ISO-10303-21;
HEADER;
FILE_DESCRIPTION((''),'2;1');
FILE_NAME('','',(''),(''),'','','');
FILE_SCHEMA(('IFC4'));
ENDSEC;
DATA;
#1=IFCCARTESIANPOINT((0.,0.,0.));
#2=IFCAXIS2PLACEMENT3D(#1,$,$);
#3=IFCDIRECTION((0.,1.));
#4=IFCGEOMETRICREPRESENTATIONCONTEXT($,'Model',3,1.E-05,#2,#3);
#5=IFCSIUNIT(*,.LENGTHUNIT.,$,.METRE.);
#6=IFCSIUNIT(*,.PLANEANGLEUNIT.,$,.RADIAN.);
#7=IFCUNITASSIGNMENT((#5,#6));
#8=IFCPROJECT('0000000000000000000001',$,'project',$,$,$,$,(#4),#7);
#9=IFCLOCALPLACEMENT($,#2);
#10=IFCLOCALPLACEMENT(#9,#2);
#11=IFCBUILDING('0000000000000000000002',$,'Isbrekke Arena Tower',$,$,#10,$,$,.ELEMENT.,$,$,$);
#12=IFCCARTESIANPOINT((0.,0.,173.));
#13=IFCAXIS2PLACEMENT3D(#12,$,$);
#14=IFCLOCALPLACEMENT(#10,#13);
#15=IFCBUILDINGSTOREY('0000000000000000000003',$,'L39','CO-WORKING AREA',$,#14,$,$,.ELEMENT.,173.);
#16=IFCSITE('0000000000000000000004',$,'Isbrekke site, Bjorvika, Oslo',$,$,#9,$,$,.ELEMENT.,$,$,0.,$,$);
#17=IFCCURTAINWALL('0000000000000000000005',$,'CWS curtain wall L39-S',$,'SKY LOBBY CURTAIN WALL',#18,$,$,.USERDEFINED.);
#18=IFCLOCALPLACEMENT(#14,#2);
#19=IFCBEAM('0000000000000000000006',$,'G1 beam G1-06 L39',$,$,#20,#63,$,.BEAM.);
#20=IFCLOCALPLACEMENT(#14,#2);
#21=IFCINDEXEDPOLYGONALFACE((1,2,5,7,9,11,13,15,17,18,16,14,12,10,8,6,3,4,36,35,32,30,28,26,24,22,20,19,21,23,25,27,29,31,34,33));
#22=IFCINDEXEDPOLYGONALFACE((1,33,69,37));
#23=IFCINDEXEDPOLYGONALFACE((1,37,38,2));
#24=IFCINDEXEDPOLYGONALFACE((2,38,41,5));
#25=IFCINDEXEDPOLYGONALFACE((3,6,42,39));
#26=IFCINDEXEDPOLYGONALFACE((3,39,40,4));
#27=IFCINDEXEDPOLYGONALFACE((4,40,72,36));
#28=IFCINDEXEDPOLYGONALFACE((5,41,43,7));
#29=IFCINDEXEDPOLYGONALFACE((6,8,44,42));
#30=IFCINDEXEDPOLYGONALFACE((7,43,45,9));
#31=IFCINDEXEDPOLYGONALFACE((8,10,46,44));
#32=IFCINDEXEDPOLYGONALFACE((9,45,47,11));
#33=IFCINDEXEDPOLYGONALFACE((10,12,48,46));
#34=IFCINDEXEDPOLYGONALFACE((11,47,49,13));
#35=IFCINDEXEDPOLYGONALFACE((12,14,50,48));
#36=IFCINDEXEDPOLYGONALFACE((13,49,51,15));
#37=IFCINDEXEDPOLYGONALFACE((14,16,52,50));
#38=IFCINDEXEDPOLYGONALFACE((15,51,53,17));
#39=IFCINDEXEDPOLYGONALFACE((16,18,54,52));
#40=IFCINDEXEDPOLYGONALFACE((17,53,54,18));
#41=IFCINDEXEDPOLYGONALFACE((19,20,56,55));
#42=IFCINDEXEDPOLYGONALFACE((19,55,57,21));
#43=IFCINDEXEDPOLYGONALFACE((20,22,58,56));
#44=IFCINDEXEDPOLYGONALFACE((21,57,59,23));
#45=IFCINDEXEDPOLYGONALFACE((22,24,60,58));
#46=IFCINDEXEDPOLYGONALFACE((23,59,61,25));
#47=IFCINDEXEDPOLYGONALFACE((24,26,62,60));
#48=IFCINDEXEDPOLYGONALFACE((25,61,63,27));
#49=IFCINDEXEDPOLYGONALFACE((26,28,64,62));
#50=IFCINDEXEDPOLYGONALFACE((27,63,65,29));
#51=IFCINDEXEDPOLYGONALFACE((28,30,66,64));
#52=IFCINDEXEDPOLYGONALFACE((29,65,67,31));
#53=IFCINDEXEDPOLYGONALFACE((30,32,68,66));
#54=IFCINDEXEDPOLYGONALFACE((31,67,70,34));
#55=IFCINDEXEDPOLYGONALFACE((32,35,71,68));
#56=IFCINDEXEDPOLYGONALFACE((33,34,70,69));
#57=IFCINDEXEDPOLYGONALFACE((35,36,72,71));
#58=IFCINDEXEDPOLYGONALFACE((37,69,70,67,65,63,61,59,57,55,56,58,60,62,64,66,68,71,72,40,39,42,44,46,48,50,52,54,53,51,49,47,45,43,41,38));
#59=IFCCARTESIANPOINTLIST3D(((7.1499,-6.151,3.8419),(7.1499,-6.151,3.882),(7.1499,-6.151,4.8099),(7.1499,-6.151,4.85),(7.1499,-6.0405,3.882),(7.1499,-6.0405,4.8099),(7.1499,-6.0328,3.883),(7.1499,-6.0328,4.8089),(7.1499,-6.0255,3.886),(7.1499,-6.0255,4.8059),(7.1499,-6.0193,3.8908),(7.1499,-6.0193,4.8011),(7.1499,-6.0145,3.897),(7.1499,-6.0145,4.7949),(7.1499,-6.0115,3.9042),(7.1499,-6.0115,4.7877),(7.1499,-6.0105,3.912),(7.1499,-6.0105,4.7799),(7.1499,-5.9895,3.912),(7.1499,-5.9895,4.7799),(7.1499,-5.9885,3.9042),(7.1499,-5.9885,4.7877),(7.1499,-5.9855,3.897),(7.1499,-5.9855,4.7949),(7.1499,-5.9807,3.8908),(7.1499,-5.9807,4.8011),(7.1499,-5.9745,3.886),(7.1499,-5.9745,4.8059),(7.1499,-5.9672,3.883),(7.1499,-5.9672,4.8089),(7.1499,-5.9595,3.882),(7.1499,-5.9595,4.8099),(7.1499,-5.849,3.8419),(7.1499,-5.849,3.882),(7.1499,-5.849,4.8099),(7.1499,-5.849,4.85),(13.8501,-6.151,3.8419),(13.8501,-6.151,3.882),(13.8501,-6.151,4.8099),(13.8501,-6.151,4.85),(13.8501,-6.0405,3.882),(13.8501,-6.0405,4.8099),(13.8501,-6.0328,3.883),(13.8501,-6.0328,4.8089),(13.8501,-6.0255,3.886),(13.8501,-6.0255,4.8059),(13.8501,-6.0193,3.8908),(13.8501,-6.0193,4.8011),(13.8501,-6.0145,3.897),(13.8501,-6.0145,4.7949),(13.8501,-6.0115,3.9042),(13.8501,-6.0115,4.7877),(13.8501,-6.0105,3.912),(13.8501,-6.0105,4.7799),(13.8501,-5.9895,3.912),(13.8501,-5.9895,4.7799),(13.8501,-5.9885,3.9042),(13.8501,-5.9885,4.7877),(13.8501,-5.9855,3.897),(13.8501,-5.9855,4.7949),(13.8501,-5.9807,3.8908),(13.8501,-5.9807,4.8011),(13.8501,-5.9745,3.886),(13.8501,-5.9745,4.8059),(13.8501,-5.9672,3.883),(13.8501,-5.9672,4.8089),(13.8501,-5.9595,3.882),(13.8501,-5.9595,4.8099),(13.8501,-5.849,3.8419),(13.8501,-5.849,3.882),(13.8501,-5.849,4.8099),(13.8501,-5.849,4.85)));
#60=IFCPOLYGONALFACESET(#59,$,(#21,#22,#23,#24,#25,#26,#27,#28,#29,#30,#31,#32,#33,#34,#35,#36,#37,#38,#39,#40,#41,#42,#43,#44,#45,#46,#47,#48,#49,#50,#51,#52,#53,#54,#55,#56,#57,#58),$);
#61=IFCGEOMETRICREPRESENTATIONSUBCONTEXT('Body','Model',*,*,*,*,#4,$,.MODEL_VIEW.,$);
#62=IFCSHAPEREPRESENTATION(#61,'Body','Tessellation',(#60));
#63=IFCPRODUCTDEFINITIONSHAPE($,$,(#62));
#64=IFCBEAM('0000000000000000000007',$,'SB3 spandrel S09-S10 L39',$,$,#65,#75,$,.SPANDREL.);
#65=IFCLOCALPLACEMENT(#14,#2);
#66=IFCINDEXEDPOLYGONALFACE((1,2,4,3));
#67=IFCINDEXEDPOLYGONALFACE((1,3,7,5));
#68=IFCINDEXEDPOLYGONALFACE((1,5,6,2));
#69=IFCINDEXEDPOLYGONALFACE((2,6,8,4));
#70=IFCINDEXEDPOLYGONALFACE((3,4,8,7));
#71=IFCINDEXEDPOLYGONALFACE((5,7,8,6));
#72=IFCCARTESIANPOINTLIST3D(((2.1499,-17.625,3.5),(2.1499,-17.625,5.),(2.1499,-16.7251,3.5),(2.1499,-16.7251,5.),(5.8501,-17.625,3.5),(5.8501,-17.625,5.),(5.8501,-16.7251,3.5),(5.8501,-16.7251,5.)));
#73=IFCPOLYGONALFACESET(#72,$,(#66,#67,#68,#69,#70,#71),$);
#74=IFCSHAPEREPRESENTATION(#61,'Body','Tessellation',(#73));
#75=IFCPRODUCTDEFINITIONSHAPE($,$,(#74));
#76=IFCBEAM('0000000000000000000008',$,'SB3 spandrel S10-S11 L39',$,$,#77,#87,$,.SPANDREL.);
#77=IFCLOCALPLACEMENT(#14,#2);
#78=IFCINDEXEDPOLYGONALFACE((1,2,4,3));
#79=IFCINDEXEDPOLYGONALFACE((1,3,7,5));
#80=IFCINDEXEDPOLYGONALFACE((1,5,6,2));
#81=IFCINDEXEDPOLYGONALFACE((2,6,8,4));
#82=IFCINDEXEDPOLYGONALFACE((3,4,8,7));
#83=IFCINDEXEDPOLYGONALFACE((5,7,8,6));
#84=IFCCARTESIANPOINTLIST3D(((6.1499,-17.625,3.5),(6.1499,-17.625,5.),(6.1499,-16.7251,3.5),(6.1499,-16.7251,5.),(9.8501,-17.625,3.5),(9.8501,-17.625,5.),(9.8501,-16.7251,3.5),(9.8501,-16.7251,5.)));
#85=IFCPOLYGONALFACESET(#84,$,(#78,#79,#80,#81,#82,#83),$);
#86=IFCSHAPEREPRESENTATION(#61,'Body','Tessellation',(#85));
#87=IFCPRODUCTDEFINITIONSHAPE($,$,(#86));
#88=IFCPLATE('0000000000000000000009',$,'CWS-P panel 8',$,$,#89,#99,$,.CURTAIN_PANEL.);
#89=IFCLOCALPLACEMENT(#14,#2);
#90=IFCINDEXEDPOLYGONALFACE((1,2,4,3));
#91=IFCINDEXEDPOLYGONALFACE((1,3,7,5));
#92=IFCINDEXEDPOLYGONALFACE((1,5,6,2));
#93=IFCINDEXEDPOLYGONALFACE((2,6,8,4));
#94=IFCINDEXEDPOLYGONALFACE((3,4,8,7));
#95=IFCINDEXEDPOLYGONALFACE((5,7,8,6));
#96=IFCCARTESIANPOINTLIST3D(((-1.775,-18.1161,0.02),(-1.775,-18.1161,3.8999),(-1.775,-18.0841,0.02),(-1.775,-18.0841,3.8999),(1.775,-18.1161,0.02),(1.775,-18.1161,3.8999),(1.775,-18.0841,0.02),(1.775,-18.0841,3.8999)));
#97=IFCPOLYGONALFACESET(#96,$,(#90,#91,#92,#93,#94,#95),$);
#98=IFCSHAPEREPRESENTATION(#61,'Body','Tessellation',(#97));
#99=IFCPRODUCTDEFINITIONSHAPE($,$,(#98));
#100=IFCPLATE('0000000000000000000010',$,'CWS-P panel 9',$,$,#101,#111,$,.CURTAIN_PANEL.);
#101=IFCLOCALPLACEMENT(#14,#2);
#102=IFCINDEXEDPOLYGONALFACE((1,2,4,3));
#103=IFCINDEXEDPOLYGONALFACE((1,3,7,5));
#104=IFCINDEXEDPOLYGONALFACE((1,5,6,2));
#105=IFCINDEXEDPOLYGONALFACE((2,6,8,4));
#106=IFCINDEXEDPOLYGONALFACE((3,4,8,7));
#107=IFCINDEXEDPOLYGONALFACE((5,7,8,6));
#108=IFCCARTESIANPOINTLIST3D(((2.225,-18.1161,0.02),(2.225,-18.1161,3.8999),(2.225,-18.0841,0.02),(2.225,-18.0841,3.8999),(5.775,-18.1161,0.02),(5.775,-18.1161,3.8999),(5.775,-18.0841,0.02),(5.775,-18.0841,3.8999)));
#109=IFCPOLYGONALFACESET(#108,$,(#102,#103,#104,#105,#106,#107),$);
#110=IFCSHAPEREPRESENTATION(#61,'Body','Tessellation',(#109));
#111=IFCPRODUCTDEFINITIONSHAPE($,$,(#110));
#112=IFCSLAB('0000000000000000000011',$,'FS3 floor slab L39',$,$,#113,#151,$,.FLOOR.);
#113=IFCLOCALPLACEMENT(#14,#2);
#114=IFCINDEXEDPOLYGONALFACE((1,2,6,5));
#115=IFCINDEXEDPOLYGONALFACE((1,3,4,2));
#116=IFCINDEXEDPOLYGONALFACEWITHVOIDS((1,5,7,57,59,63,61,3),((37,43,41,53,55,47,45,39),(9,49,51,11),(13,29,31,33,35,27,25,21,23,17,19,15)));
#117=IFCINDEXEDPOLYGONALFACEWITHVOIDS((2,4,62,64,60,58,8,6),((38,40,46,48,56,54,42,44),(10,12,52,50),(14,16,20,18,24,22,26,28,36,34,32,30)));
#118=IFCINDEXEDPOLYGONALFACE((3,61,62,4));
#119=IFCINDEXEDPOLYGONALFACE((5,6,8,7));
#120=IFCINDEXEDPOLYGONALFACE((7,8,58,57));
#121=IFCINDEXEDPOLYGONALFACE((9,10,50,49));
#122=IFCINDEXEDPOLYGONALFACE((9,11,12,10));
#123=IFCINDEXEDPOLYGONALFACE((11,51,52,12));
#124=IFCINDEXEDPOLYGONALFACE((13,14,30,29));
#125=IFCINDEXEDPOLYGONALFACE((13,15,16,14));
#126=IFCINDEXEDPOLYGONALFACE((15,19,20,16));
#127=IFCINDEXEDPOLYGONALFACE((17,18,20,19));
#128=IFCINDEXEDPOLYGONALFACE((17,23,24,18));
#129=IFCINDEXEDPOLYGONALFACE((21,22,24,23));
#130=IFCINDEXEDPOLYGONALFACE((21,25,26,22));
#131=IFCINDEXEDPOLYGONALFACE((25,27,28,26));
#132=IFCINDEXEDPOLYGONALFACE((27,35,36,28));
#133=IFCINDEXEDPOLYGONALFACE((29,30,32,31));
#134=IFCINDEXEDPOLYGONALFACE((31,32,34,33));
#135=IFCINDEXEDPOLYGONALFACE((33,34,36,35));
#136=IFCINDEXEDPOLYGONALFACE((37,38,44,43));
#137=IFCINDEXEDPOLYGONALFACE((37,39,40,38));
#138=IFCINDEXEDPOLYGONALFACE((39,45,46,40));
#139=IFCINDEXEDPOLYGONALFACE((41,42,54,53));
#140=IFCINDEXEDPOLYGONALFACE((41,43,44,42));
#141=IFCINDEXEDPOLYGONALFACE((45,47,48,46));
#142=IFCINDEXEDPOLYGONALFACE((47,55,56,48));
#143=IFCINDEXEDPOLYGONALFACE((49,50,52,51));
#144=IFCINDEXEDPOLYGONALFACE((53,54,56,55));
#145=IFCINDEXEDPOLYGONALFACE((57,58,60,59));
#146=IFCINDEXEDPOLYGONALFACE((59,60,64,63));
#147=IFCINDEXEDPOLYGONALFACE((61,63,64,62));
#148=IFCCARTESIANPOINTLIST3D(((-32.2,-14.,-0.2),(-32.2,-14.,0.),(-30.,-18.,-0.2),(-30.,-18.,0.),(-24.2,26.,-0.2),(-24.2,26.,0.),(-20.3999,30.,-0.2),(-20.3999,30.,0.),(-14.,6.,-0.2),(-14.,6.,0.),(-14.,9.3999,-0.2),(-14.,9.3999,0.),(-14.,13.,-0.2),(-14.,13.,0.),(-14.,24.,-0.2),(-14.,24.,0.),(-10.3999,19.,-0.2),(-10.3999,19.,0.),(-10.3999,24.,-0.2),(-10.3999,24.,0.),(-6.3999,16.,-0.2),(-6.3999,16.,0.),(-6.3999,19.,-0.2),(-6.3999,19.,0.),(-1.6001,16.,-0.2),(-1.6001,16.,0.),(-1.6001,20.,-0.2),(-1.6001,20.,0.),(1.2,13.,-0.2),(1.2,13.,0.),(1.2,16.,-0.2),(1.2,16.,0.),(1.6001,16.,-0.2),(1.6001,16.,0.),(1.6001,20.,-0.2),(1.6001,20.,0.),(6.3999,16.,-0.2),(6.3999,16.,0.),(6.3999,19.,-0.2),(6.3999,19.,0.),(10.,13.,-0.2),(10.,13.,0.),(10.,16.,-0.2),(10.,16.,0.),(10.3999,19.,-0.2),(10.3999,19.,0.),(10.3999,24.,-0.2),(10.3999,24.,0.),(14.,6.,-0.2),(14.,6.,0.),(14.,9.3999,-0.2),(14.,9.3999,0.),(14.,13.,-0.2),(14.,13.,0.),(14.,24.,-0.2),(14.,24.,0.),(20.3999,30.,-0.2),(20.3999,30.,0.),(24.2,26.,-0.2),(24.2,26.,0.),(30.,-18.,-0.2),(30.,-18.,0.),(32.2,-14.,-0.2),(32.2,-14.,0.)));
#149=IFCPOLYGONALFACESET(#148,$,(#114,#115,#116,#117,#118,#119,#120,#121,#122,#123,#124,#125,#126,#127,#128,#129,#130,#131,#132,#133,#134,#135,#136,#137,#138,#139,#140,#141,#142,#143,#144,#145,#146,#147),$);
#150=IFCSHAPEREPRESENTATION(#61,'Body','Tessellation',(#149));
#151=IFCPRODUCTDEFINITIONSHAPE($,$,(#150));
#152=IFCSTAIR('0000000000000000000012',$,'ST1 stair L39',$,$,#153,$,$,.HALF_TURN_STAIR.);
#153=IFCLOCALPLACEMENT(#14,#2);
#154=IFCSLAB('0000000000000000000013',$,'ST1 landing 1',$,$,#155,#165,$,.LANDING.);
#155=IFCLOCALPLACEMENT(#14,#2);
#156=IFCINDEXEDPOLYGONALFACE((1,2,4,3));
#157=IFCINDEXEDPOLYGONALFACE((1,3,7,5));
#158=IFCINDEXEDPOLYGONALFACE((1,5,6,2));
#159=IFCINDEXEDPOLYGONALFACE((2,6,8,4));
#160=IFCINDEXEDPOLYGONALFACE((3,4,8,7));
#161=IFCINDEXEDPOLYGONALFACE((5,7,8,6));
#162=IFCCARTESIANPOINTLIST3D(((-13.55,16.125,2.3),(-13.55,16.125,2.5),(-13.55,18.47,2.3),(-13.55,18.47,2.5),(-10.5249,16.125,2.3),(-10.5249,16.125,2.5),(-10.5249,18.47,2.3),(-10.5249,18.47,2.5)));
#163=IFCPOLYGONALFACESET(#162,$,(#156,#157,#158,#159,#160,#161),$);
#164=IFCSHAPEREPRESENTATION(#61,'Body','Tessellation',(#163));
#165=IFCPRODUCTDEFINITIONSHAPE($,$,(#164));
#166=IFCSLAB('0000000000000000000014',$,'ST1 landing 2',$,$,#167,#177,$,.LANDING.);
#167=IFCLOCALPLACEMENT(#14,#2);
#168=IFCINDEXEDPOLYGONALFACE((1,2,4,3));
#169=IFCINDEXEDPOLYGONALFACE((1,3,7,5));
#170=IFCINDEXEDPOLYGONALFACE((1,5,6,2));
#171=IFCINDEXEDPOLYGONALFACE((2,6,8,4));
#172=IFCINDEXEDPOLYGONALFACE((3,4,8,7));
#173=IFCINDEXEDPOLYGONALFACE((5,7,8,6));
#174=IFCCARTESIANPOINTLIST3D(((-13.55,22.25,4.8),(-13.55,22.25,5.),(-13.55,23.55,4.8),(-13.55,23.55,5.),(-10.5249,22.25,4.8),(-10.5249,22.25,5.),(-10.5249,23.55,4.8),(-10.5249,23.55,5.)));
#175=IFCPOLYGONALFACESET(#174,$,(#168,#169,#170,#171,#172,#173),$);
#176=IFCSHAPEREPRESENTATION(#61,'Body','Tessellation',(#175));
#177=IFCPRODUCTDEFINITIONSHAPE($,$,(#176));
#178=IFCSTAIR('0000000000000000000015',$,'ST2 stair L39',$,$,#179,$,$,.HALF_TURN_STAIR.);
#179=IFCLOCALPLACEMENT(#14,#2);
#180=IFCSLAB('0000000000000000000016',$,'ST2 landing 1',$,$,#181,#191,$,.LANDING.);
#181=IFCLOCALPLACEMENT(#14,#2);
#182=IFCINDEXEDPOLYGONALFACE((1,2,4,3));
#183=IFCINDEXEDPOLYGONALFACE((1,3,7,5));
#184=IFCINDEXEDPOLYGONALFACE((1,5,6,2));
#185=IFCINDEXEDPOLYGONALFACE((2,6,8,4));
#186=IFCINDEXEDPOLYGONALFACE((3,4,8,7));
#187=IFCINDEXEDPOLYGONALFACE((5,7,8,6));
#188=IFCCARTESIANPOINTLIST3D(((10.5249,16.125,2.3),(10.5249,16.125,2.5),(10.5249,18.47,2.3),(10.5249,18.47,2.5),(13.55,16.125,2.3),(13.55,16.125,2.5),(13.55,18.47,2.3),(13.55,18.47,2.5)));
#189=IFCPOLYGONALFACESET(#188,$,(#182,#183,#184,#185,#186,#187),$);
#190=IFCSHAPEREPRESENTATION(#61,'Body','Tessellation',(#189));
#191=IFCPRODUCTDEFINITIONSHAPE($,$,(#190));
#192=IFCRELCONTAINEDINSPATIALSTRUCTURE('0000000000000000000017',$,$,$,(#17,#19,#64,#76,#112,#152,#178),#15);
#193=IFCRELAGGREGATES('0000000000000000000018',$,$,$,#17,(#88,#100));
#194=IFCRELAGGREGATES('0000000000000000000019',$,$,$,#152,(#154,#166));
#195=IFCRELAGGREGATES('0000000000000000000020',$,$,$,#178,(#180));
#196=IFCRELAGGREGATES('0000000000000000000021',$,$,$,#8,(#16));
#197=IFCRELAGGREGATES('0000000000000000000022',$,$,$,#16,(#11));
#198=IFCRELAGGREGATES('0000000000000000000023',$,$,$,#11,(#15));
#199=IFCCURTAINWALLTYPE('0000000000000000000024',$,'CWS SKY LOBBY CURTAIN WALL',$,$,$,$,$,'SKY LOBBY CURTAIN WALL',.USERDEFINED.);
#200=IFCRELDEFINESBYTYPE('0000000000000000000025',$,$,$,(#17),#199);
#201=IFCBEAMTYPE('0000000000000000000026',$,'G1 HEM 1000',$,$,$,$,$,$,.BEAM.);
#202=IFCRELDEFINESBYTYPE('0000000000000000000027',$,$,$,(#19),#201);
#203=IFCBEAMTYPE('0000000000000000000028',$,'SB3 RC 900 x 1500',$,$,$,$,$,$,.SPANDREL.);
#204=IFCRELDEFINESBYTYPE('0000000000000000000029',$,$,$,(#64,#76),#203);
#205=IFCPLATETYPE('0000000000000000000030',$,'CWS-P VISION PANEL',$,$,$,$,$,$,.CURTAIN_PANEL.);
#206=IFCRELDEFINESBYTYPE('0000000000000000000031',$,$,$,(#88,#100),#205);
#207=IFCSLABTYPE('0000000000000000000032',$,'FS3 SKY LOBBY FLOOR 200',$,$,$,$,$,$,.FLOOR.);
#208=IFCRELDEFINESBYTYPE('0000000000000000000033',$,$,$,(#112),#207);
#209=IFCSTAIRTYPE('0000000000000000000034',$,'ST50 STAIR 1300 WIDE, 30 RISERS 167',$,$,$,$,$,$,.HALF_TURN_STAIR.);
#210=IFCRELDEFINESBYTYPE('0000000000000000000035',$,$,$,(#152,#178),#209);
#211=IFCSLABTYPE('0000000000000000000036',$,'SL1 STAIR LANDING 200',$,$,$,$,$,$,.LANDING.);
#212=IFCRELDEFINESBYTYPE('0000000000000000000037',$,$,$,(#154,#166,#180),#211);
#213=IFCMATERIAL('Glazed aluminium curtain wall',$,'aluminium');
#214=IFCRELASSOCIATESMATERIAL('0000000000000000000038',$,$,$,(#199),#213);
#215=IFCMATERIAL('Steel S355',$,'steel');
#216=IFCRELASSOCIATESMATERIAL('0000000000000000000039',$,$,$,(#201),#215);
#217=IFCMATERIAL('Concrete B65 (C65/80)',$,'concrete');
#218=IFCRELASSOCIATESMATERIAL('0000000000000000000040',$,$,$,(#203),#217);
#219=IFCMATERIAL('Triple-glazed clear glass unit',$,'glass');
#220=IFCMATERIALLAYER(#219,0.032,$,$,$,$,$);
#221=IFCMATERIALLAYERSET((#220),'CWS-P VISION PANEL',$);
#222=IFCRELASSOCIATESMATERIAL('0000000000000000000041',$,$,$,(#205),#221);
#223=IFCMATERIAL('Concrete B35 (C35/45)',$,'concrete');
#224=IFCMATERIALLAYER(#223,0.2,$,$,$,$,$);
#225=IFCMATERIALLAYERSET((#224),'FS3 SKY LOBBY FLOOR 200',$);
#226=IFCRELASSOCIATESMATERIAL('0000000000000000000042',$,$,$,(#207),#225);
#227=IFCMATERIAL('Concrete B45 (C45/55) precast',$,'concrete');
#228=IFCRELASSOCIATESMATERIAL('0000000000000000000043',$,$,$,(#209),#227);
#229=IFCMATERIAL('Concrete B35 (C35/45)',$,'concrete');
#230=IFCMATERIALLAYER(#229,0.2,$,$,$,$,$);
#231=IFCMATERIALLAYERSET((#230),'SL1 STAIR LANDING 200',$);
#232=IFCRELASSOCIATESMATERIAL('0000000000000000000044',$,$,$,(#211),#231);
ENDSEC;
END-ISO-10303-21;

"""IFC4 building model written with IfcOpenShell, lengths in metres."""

from ifc_helpers import new_model, si_unit, direction, frame, origin, origin_2d, place, context, subcontext, project, spatial, polyline, rectangle, i_section, outline, extrude, material, layer, layer_set, material_profile, profile_set, type_object, element, aggregate, save


model = new_model("IFC4")

# Units and contexts
model_context = context("Model", 3, precision=1e-05, world=origin(), true_north=direction((0.0, 1.0)))
body_context = subcontext(model_context, "Body", "Model", "MODEL_VIEW")
ifc_project = project(units=[si_unit("LENGTHUNIT", "METRE"), si_unit("PLANEANGLEUNIT", "RADIAN")], contexts=[model_context])

# Site, building, storey
site_placement = place(None, origin())
site = spatial("IfcSite", under=ifc_project, at=site_placement, Name="Isbrekke site, Bjorvika, Oslo", CompositionType="ELEMENT", RefElevation=0.0)
building_placement = place(site_placement, origin())
building = spatial("IfcBuilding", under=site, at=building_placement, Name="Isbrekke Arena Tower", CompositionType="ELEMENT")
storey_placement = place(building_placement, frame((0.0, 0.0, 173.0)))
storey = spatial("IfcBuildingStorey", under=building, at=storey_placement, Name="L39", Description="CO-WORKING AREA", CompositionType="ELEMENT", Elevation=173.0)

# Curtain wall
ifc_material_1 = material(Name="Glazed aluminium curtain wall", Category="aluminium")
curtain_wall_type = type_object("IfcCurtainWallType", Name="CWS SKY LOBBY CURTAIN WALL", ElementType="SKY LOBBY CURTAIN WALL", PredefinedType="USERDEFINED", material=ifc_material_1)
curtain_wall_placement = place(storey_placement, origin())
curtain_wall = element("IfcCurtainWall", 1, at=curtain_wall_placement, inside=storey, type_object=curtain_wall_type, Name="CWS curtain wall L39-S", ObjectType="SKY LOBBY CURTAIN WALL", PredefinedType="USERDEFINED")

# Beams
ifc_material_2 = material(Name="Steel S355", Category="steel")
ifc_material_profile_1 = material_profile(ifc_material_2, i_section(OverallWidth=0.302, OverallDepth=1.0081, WebThickness=0.021, FlangeThickness=0.04, FilletRadius=0.03, at=origin_2d()), Name="HEM 1000")
ifc_profile_set_1 = profile_set([ifc_material_profile_1], Name="Steel S355")
beam_type_1 = type_object("IfcBeamType", Name="G1 HEM 1000", PredefinedType="BEAM", material=ifc_profile_set_1)
for number, where, z_axis, x_axis, name in (
    (2, (7.1499, -6.0, 4.3459), (1.0, 0.0, 0.0), (0.0, 1.0, 0.0), "G1 beam G1-06 L39"),
):
    element("IfcBeam", number, at=place(storey_placement, frame(where, z_axis=z_axis, x_axis=x_axis)), inside=storey, type_object=beam_type_1, Name=name, PredefinedType="BEAM", context=body_context, shape_type="SweptSolid", body=[
        extrude(i_section(OverallWidth=0.302, OverallDepth=1.0081, WebThickness=0.021, FlangeThickness=0.04, FilletRadius=0.03, at=origin_2d()), origin(), (0.0, 0.0, 1.0), 6.7002),
    ])
ifc_material_3 = material(Name="Concrete B65 (C65/80)", Category="concrete")
ifc_material_profile_2 = material_profile(ifc_material_3, rectangle(XDim=0.8999, YDim=1.5, at=origin_2d()), Name="RC 900x1500")
ifc_profile_set_2 = profile_set([ifc_material_profile_2], Name="Concrete B65 (C65/80)")
beam_type_2 = type_object("IfcBeamType", Name="SB3 RC 900 x 1500", PredefinedType="SPANDREL", material=ifc_profile_set_2)
for number, where, z_axis, x_axis, name in (
    (3, (2.1499, -17.175, 4.25), (1.0, 0.0, 0.0), (0.0, 1.0, 0.0), "SB3 spandrel S09-S10 L39"),
    (4, (6.1499, -17.175, 4.25), (1.0, 0.0, 0.0), (0.0, 1.0, 0.0), "SB3 spandrel S10-S11 L39"),
):
    element("IfcBeam", number, at=place(storey_placement, frame(where, z_axis=z_axis, x_axis=x_axis)), inside=storey, type_object=beam_type_2, Name=name, PredefinedType="SPANDREL", context=body_context, shape_type="SweptSolid", body=[
        extrude(rectangle(XDim=0.8999, YDim=1.5, at=origin_2d()), origin(), (0.0, 0.0, 1.0), 3.7002),
    ])

# Plates
ifc_material_4 = material(Name="Triple-glazed clear glass unit", Category="glass")
ifc_layer_1 = layer(ifc_material_4, 0.032)
ifc_layer_set_1 = layer_set([ifc_layer_1], Name="CWS-P VISION PANEL")
plate_type = type_object("IfcPlateType", Name="CWS-P VISION PANEL", PredefinedType="CURTAIN_PANEL", material=ifc_layer_set_1)
plate_1_placement = place(storey_placement, frame((0.0, -18.1001, 0.02), z_axis=(0.0, 0.0, 1.0), x_axis=(1.0, 0.0, 0.0)))
plate_1 = element("IfcPlate", 5, at=plate_1_placement, type_object=plate_type, Name="CWS-P panel 8", PredefinedType="CURTAIN_PANEL", context=body_context, shape_type="SweptSolid", body=[
    extrude(rectangle(XDim=3.55, YDim=0.032, at=origin_2d()), origin(), (0.0, 0.0, 1.0), 3.8799),
])
plate_2_placement = place(storey_placement, frame((4.0, -18.1001, 0.02), z_axis=(0.0, 0.0, 1.0), x_axis=(1.0, 0.0, 0.0)))
plate_2 = element("IfcPlate", 6, at=plate_2_placement, type_object=plate_type, Name="CWS-P panel 9", PredefinedType="CURTAIN_PANEL", context=body_context, shape_type="SweptSolid", body=[
    extrude(rectangle(XDim=3.55, YDim=0.032, at=origin_2d()), origin(), (0.0, 0.0, 1.0), 3.8799),
])
aggregate(curtain_wall, [plate_1, plate_2])

# Slab
ifc_material_5 = material(Name="Concrete B35 (C35/45)", Category="concrete")
ifc_layer_2 = layer(ifc_material_5, 0.2)
ifc_layer_set_2 = layer_set([ifc_layer_2], Name="FS3 SKY LOBBY FLOOR 200")
slab_type_1 = type_object("IfcSlabType", Name="FS3 SKY LOBBY FLOOR 200", PredefinedType="FLOOR", material=ifc_layer_set_2)
slab_1_placement = place(storey_placement, frame((0.0, 0.0, -0.2)))
element("IfcSlab", 7, at=slab_1_placement, inside=storey, type_object=slab_type_1, Name="FS3 floor slab L39", PredefinedType="FLOOR", context=body_context, shape_type="SweptSolid", body=[
    extrude(outline(polyline([(-30.0, -18.0), (30.0, -18.0), (32.2, -14.0), (24.2, 26.0), (20.3999, 30.0), (-20.3999, 30.0), (-24.2, 26.0), (-32.2, -14.0), (-30.0, -18.0)]), holes=[polyline([(14.0, 9.3999), (14.0, 6.0), (-14.0, 6.0), (-14.0, 9.3999), (14.0, 9.3999)]), polyline([(-6.3999, 19.0), (-6.3999, 16.0), (-1.6001, 16.0), (-1.6001, 20.0), (1.6001, 20.0), (1.6001, 16.0), (1.2, 16.0), (1.2, 13.0), (-14.0, 13.0), (-14.0, 24.0), (-10.3999, 24.0), (-10.3999, 19.0), (-6.3999, 19.0)]), polyline([(10.0, 13.0), (10.0, 16.0), (6.3999, 16.0), (6.3999, 19.0), (10.3999, 19.0), (10.3999, 24.0), (14.0, 24.0), (14.0, 13.0), (10.0, 13.0)])]), origin(), (0.0, 0.0, 1.0), 0.2),
])

# Stairs, slabs
ifc_material_6 = material(Name="Concrete B45 (C45/55) precast", Category="concrete")
stair_type = type_object("IfcStairType", Name="ST50 STAIR 1300 WIDE, 30 RISERS 167", PredefinedType="HALF_TURN_STAIR", material=ifc_material_6)
stair_1_placement = place(storey_placement, origin())
stair_1 = element("IfcStair", 8, at=stair_1_placement, inside=storey, type_object=stair_type, Name="ST1 stair L39", PredefinedType="HALF_TURN_STAIR")
ifc_material_7 = material(Name="Concrete B35 (C35/45)", Category="concrete")
ifc_layer_3 = layer(ifc_material_7, 0.2)
ifc_layer_set_3 = layer_set([ifc_layer_3], Name="SL1 STAIR LANDING 200")
slab_type_2 = type_object("IfcSlabType", Name="SL1 STAIR LANDING 200", PredefinedType="LANDING", material=ifc_layer_set_3)
slab_2_placement = place(storey_placement, frame((0.0, 0.0, 2.3)))
slab_2 = element("IfcSlab", 9, at=slab_2_placement, type_object=slab_type_2, Name="ST1 landing 1", PredefinedType="LANDING", context=body_context, shape_type="SweptSolid", body=[
    extrude(outline(polyline([(-13.55, 16.125), (-10.5249, 16.125), (-10.5249, 18.47), (-13.55, 18.47), (-13.55, 16.125)])), origin(), (0.0, 0.0, 1.0), 0.2),
])
slab_3_placement = place(storey_placement, frame((0.0, 0.0, 4.8)))
slab_3 = element("IfcSlab", 10, at=slab_3_placement, type_object=slab_type_2, Name="ST1 landing 2", PredefinedType="LANDING", context=body_context, shape_type="SweptSolid", body=[
    extrude(outline(polyline([(-13.55, 22.25), (-10.5249, 22.25), (-10.5249, 23.55), (-13.55, 23.55), (-13.55, 22.25)])), origin(), (0.0, 0.0, 1.0), 0.2),
])
aggregate(stair_1, [slab_2, slab_3])
stair_2_placement = place(storey_placement, origin())
stair_2 = element("IfcStair", 11, at=stair_2_placement, inside=storey, type_object=stair_type, Name="ST2 stair L39", PredefinedType="HALF_TURN_STAIR")
slab_4_placement = place(storey_placement, frame((0.0, 0.0, 2.3)))
slab_4 = element("IfcSlab", 12, at=slab_4_placement, type_object=slab_type_2, Name="ST2 landing 1", PredefinedType="LANDING", context=body_context, shape_type="SweptSolid", body=[
    extrude(outline(polyline([(10.5249, 16.125), (13.55, 16.125), (13.55, 18.47), (10.5249, 18.47), (10.5249, 16.125)])), origin(), (0.0, 0.0, 1.0), 0.2),
])
aggregate(stair_2, [slab_4])

save(model, "model.ifc")
